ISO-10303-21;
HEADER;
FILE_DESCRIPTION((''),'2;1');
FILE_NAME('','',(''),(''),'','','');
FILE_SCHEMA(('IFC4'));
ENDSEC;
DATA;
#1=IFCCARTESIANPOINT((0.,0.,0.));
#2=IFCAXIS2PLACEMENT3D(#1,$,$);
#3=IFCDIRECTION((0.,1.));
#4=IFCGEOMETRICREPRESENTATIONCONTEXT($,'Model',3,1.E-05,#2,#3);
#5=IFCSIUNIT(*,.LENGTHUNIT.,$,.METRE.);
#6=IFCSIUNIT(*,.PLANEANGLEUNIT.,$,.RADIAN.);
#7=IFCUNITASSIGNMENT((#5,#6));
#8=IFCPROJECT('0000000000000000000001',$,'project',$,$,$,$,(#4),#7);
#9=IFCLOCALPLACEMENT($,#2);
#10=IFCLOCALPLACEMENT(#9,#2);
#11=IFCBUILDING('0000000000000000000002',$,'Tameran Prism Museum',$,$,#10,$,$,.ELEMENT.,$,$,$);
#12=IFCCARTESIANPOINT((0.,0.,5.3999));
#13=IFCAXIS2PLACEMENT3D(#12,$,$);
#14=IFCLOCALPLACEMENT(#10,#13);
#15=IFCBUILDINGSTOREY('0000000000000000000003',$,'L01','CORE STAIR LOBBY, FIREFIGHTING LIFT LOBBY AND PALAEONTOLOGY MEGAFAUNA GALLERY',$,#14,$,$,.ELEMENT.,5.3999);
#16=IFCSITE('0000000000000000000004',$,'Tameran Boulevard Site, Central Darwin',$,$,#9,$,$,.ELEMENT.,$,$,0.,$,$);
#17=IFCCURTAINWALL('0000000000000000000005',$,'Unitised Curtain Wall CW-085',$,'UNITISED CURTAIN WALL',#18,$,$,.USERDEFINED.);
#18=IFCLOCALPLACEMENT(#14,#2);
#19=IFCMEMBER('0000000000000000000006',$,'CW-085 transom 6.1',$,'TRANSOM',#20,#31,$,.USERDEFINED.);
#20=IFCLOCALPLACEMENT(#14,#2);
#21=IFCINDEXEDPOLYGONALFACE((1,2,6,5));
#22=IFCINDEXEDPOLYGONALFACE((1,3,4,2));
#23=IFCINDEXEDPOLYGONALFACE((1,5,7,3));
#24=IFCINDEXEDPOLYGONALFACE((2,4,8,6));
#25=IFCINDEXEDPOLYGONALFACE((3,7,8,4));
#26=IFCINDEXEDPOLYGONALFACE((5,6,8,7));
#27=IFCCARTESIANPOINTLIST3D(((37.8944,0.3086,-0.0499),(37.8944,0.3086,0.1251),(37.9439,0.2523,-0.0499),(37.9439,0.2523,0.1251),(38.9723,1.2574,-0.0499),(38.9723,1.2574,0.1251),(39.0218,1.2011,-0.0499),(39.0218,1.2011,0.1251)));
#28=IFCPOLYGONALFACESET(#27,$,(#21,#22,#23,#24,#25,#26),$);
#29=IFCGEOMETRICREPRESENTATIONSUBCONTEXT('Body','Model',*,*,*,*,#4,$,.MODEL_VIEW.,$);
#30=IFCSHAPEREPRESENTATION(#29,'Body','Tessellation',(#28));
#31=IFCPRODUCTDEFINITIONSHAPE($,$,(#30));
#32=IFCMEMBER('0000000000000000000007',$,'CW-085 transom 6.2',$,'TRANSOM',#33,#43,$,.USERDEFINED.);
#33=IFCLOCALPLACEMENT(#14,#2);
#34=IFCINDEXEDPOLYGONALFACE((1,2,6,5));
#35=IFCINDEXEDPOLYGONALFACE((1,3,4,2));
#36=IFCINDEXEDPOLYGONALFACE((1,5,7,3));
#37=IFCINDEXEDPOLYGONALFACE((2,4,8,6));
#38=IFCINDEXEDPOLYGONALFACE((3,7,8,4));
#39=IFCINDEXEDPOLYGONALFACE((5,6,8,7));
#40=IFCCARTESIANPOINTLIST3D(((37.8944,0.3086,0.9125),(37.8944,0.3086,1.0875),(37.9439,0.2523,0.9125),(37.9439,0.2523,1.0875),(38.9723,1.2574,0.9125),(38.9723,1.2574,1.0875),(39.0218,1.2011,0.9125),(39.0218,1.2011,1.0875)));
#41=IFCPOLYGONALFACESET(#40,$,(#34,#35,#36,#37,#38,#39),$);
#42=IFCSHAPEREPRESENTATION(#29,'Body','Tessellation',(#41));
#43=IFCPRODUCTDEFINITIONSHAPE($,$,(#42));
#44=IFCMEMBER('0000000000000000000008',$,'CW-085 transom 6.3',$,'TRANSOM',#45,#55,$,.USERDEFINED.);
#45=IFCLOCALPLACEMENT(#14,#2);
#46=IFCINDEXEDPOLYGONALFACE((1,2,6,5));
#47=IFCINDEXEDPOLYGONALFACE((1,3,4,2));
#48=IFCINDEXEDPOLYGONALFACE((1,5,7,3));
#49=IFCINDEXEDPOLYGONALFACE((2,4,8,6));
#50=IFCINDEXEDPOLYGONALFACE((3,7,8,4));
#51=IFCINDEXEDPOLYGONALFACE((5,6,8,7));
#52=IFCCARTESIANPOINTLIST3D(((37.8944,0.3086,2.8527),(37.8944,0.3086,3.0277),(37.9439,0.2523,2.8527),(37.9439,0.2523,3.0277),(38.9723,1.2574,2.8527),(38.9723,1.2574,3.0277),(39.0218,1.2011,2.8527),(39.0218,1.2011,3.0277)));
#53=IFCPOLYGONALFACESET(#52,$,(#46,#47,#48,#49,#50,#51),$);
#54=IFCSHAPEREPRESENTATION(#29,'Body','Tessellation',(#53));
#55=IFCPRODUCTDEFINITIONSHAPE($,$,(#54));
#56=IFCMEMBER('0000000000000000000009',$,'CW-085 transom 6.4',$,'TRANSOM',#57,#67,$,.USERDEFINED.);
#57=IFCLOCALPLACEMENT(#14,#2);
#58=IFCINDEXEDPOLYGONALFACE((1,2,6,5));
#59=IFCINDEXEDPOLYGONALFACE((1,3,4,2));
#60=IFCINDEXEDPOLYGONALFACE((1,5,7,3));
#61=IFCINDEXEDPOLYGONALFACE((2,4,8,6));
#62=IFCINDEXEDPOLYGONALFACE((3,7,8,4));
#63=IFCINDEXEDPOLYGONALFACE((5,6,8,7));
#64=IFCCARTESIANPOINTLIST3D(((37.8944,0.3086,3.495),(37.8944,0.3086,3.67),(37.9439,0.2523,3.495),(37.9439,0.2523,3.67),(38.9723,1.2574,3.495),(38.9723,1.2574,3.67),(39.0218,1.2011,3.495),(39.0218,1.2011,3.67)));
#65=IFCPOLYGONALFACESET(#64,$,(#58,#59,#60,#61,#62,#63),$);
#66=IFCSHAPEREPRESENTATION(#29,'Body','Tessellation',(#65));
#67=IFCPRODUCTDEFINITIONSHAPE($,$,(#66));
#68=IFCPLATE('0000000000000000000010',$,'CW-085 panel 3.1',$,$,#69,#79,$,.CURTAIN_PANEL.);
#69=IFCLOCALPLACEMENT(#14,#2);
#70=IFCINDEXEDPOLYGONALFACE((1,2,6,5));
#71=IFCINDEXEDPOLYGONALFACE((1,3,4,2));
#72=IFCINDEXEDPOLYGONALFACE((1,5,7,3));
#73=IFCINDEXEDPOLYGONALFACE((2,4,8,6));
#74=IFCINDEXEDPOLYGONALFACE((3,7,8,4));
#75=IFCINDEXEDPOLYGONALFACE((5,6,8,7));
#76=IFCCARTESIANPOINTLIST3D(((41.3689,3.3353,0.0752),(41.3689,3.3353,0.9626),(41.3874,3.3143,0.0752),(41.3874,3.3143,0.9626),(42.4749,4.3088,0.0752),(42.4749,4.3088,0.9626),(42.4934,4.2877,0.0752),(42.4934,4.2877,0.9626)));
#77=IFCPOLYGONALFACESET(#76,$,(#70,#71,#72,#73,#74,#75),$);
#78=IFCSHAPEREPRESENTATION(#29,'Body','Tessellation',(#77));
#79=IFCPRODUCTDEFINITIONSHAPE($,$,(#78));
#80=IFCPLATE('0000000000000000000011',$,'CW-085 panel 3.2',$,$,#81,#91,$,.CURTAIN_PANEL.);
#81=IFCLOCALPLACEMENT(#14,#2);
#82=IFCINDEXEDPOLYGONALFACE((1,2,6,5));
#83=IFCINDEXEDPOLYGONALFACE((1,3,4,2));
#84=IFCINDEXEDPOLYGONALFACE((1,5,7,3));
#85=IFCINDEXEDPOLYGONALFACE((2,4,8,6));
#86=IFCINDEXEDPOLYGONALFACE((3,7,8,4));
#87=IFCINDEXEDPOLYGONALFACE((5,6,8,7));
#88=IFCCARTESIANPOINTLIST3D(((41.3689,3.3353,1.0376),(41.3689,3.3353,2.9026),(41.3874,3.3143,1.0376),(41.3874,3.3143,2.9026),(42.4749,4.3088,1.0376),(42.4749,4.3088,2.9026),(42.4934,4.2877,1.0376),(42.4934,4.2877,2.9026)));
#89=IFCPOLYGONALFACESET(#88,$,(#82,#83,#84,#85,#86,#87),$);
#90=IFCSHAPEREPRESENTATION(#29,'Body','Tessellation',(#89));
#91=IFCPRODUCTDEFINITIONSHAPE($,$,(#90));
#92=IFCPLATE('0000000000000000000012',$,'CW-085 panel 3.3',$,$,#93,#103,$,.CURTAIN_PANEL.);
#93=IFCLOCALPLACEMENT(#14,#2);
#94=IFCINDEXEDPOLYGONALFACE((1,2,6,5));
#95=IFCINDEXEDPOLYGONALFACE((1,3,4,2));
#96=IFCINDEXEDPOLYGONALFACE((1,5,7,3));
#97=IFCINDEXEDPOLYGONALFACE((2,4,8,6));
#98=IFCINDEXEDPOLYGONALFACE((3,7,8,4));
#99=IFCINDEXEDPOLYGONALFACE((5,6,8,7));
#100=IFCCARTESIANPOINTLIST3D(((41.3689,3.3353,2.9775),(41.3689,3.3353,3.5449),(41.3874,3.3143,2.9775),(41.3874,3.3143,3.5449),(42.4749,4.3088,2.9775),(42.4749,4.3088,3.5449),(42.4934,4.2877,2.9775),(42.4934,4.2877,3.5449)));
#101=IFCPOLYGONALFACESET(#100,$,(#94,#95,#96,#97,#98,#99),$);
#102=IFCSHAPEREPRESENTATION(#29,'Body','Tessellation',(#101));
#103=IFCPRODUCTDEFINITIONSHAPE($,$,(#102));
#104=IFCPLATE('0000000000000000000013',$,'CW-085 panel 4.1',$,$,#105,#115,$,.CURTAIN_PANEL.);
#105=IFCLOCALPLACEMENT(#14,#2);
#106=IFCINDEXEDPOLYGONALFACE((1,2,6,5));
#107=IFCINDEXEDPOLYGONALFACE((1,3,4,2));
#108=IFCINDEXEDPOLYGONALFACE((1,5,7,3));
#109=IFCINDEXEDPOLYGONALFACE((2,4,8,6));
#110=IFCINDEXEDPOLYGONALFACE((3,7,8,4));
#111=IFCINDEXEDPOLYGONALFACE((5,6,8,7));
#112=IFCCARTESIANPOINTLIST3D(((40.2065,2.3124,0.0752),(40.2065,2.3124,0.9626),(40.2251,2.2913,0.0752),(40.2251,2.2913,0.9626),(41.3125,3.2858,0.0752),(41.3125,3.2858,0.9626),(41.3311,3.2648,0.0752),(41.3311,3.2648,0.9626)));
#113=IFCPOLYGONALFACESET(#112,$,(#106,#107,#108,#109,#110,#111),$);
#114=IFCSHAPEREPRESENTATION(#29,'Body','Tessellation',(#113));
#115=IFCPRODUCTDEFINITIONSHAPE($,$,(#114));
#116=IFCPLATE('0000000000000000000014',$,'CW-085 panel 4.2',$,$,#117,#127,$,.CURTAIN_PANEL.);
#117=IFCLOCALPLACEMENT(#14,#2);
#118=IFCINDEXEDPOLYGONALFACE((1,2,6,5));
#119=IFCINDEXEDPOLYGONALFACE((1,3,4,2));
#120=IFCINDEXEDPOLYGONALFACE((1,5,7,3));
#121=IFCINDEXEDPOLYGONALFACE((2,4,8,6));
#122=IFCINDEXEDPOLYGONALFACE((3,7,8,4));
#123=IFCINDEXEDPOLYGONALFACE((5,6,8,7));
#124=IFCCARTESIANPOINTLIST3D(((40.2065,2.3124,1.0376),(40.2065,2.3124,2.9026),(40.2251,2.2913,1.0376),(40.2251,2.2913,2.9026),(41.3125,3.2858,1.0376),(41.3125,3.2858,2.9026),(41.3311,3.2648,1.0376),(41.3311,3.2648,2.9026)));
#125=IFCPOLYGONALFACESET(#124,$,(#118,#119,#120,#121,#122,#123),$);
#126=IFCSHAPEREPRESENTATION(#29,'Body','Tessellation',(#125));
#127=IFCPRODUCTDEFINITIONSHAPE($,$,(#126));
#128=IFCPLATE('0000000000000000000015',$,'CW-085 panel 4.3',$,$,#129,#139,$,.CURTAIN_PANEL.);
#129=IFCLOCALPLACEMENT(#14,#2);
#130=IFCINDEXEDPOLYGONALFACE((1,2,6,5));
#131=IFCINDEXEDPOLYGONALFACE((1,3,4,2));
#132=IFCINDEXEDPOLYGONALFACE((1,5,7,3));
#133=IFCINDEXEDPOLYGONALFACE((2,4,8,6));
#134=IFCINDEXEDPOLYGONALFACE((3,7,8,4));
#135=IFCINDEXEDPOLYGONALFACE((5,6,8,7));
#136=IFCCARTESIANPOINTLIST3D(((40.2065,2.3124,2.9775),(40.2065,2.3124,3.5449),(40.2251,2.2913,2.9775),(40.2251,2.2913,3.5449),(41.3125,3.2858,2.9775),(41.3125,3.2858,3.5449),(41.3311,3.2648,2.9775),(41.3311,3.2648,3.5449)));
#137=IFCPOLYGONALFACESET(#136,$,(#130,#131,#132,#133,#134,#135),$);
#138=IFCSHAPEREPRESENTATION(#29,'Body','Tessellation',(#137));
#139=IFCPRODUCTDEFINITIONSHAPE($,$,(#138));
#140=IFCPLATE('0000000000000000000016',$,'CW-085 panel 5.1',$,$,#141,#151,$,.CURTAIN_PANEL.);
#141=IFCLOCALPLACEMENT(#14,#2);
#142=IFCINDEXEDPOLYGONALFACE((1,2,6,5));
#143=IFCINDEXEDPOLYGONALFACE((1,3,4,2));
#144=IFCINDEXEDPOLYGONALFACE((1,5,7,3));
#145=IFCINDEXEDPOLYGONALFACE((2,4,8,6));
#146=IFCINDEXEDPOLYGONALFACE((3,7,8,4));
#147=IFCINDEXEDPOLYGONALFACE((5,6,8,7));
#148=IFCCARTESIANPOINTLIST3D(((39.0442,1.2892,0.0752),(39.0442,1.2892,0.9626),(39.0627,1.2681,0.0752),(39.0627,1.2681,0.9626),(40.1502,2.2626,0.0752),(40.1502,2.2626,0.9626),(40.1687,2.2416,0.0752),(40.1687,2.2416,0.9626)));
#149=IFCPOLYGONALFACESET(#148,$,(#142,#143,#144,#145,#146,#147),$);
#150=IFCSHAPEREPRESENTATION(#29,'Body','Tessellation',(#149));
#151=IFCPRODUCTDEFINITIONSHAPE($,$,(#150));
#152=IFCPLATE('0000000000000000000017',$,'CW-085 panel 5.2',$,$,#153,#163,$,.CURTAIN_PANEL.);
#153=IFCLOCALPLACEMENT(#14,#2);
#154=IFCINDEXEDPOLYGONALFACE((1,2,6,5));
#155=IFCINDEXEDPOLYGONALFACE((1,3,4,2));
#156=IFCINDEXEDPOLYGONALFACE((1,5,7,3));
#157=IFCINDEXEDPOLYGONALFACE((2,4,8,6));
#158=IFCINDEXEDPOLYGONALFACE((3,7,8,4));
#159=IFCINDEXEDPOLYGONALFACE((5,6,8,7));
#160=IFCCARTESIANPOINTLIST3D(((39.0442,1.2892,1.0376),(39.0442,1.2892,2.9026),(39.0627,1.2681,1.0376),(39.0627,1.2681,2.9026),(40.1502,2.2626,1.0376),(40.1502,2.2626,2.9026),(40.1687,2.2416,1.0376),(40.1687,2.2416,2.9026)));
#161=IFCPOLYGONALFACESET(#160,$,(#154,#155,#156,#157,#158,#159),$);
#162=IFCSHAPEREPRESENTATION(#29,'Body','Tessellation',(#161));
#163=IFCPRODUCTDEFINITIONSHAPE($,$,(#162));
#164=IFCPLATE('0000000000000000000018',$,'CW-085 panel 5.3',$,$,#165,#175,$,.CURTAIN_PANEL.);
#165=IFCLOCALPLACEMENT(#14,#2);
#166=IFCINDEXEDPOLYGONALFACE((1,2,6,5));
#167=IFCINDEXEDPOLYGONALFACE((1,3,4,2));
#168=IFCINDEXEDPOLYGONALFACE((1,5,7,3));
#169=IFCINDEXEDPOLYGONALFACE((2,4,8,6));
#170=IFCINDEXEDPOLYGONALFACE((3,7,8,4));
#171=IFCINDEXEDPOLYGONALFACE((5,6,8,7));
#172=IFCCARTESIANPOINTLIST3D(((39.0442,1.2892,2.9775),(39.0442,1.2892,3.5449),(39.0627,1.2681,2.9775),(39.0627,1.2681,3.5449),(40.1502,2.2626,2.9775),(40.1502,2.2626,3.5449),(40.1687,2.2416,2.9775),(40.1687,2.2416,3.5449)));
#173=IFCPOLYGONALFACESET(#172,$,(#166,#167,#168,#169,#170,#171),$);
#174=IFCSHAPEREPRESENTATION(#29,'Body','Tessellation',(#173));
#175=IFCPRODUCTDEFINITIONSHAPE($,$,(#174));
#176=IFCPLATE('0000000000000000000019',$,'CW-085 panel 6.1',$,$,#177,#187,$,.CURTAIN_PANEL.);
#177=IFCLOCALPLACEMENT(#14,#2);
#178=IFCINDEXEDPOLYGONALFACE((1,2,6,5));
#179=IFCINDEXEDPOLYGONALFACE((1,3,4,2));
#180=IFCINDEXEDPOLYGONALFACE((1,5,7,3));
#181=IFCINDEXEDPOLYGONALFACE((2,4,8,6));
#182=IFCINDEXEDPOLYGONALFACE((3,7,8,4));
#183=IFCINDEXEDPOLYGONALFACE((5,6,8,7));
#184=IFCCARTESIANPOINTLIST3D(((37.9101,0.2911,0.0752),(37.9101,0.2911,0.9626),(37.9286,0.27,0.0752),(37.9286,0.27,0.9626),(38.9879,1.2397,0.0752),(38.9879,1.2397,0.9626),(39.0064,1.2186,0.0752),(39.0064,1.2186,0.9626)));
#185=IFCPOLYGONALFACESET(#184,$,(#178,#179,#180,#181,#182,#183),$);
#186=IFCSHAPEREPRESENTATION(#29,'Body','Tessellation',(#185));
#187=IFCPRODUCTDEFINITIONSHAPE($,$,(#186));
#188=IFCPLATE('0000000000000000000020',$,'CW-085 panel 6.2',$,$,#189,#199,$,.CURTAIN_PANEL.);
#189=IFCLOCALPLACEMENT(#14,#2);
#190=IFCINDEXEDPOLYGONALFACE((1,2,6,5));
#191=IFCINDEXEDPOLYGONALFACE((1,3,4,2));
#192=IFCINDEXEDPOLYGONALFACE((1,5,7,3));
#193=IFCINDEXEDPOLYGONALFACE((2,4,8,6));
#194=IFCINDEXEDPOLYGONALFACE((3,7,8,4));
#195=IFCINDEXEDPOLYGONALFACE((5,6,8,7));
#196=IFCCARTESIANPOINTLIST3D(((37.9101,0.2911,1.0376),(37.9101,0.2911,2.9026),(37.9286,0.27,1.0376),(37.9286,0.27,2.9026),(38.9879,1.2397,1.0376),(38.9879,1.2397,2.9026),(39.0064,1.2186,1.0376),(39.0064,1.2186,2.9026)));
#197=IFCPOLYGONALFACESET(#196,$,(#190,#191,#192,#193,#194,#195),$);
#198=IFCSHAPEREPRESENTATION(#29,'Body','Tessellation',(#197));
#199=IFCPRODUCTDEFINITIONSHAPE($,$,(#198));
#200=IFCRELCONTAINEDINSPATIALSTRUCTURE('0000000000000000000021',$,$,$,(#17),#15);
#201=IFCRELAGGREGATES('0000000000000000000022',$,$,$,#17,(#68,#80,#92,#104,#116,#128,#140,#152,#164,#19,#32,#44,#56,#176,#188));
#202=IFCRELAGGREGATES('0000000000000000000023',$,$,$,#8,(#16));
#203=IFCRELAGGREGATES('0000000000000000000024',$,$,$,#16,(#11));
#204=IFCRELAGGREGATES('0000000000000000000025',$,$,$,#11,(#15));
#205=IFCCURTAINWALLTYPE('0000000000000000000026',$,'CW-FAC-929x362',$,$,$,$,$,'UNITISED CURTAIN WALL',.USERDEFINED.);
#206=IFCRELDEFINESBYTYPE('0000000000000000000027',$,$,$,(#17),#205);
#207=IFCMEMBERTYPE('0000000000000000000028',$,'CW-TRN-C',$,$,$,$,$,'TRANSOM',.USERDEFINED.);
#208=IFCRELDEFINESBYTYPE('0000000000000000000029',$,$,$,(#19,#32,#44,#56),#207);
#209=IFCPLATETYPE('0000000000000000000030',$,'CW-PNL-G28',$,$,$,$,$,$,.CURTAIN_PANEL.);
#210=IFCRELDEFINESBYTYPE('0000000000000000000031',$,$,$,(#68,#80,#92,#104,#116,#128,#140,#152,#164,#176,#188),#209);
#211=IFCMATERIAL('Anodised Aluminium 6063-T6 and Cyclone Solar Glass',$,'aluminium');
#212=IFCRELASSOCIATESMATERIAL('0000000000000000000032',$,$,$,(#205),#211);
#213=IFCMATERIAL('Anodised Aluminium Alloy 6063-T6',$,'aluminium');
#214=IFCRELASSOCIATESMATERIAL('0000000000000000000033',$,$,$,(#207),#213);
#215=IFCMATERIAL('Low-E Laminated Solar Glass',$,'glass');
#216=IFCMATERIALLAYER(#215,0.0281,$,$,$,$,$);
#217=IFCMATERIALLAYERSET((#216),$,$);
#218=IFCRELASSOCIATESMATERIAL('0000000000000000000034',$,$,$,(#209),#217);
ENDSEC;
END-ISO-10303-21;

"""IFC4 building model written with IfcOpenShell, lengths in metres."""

from ifc_helpers import new_model, si_unit, direction, frame, origin, origin_2d, place, context, subcontext, project, spatial, rectangle, extrude, material, layer, layer_set, material_profile, profile_set, type_object, element, aggregate, save


model = new_model("IFC4")

# Units and contexts
model_context = context("Model", 3, precision=1e-05, world=origin(), true_north=direction((0.0, 1.0)))
body_context = subcontext(model_context, "Body", "Model", "MODEL_VIEW")
ifc_project = project(units=[si_unit("LENGTHUNIT", "METRE"), si_unit("PLANEANGLEUNIT", "RADIAN")], contexts=[model_context])

# Site, building, storey
site_placement = place(None, origin())
site = spatial("IfcSite", under=ifc_project, at=site_placement, Name="Tameran Boulevard Site, Central Darwin", CompositionType="ELEMENT", RefElevation=0.0)
building_placement = place(site_placement, origin())
building = spatial("IfcBuilding", under=site, at=building_placement, Name="Tameran Prism Museum", CompositionType="ELEMENT")
storey_placement = place(building_placement, frame((0.0, 0.0, 5.3999)))
storey = spatial("IfcBuildingStorey", under=building, at=storey_placement, Name="L01", Description="CORE STAIR LOBBY, FIREFIGHTING LIFT LOBBY AND PALAEONTOLOGY MEGAFAUNA GALLERY", CompositionType="ELEMENT", Elevation=5.3999)

# Curtain wall, members, plates
ifc_material_1 = material(Name="Anodised Aluminium 6063-T6 and Cyclone Solar Glass", Category="aluminium")
curtain_wall_type = type_object("IfcCurtainWallType", Name="CW-FAC-929x362", ElementType="UNITISED CURTAIN WALL", PredefinedType="USERDEFINED", material=ifc_material_1)
curtain_wall_placement = place(storey_placement, origin())
curtain_wall = element("IfcCurtainWall", 1, at=curtain_wall_placement, inside=storey, type_object=curtain_wall_type, Name="Unitised Curtain Wall CW-085", ObjectType="UNITISED CURTAIN WALL", PredefinedType="USERDEFINED")
ifc_material_2 = material(Name="Anodised Aluminium Alloy 6063-T6", Category="aluminium")
ifc_material_profile_1 = material_profile(ifc_material_2, rectangle(XDim=0.075, YDim=0.175, at=origin_2d()))
ifc_profile_set_1 = profile_set([ifc_material_profile_1])
member_type_1 = type_object("IfcMemberType", Name="CW-TRN-C", ElementType="TRANSOM", PredefinedType="USERDEFINED", material=ifc_profile_set_1)
member_1_placement = place(storey_placement, frame((38.9971, 1.2292, 0.0376), z_axis=(-0.750646, -0.660705, 0.0), x_axis=(0.660705, -0.750646, 0.0)))
member_1 = element("IfcMember", 2, at=member_1_placement, type_object=member_type_1, Name="CW-085 transom 6.1", ObjectType="TRANSOM", PredefinedType="USERDEFINED", context=body_context, shape_type="SweptSolid", body=[
    extrude(rectangle(XDim=0.075, YDim=0.175, at=origin_2d()), origin(), (0.0, 0.0, 1.0), 1.436),
])
member_2_placement = place(storey_placement, frame((38.9971, 1.2292, 1.0), z_axis=(-0.750646, -0.660705, 0.0), x_axis=(0.660705, -0.750646, 0.0)))
member_2 = element("IfcMember", 3, at=member_2_placement, type_object=member_type_1, Name="CW-085 transom 6.2", ObjectType="TRANSOM", PredefinedType="USERDEFINED", context=body_context, shape_type="SweptSolid", body=[
    extrude(rectangle(XDim=0.075, YDim=0.175, at=origin_2d()), origin(), (0.0, 0.0, 1.0), 1.436),
])
member_3_placement = place(storey_placement, frame((38.9971, 1.2292, 2.9402), z_axis=(-0.750646, -0.660705, 0.0), x_axis=(0.660705, -0.750646, 0.0)))
member_3 = element("IfcMember", 4, at=member_3_placement, type_object=member_type_1, Name="CW-085 transom 6.3", ObjectType="TRANSOM", PredefinedType="USERDEFINED", context=body_context, shape_type="SweptSolid", body=[
    extrude(rectangle(XDim=0.075, YDim=0.175, at=origin_2d()), origin(), (0.0, 0.0, 1.0), 1.436),
])
member_4_placement = place(storey_placement, frame((38.9971, 1.2292, 3.5825), z_axis=(-0.750646, -0.660705, 0.0), x_axis=(0.660705, -0.750646, 0.0)))
member_4 = element("IfcMember", 5, at=member_4_placement, type_object=member_type_1, Name="CW-085 transom 6.4", ObjectType="TRANSOM", PredefinedType="USERDEFINED", context=body_context, shape_type="SweptSolid", body=[
    extrude(rectangle(XDim=0.075, YDim=0.175, at=origin_2d()), origin(), (0.0, 0.0, 1.0), 1.436),
])
ifc_material_3 = material(Name="Low-E Laminated Solar Glass", Category="glass")
ifc_layer_1 = layer(ifc_material_3, 0.0281)
ifc_layer_set_1 = layer_set([ifc_layer_1])
plate_type = type_object("IfcPlateType", Name="CW-PNL-G28", PredefinedType="CURTAIN_PANEL", material=ifc_layer_set_1)
plate_1_placement = place(storey_placement, frame((41.9312, 3.8115, 0.0752), z_axis=(0.0, 0.0, 1.0), x_axis=(-0.750667, -0.660681, 0.0)))
plate_1 = element("IfcPlate", 6, at=plate_1_placement, type_object=plate_type, Name="CW-085 panel 3.1", PredefinedType="CURTAIN_PANEL", context=body_context, shape_type="SweptSolid", body=[
    extrude(rectangle(XDim=1.4734, YDim=0.0281, at=origin_2d()), origin(), (0.0, 0.0, 1.0), 0.8875),
])
plate_2_placement = place(storey_placement, frame((41.9312, 3.8115, 1.0376), z_axis=(0.0, 0.0, 1.0), x_axis=(-0.750667, -0.660681, 0.0)))
plate_2 = element("IfcPlate", 7, at=plate_2_placement, type_object=plate_type, Name="CW-085 panel 3.2", PredefinedType="CURTAIN_PANEL", context=body_context, shape_type="SweptSolid", body=[
    extrude(rectangle(XDim=1.4734, YDim=0.0281, at=origin_2d()), origin(), (0.0, 0.0, 1.0), 1.865),
])
plate_3_placement = place(storey_placement, frame((41.9312, 3.8115, 2.9775), z_axis=(0.0, 0.0, 1.0), x_axis=(-0.750667, -0.660681, 0.0)))
plate_3 = element("IfcPlate", 8, at=plate_3_placement, type_object=plate_type, Name="CW-085 panel 3.3", PredefinedType="CURTAIN_PANEL", context=body_context, shape_type="SweptSolid", body=[
    extrude(rectangle(XDim=1.4734, YDim=0.0281, at=origin_2d()), origin(), (0.0, 0.0, 1.0), 0.5674),
])
plate_4_placement = place(storey_placement, frame((40.7688, 2.7886, 0.0752), z_axis=(0.0, 0.0, 1.0), x_axis=(-0.750667, -0.660681, 0.0)))
plate_4 = element("IfcPlate", 9, at=plate_4_placement, type_object=plate_type, Name="CW-085 panel 4.1", PredefinedType="CURTAIN_PANEL", context=body_context, shape_type="SweptSolid", body=[
    extrude(rectangle(XDim=1.4734, YDim=0.0281, at=origin_2d()), origin(), (0.0, 0.0, 1.0), 0.8875),
])
plate_5_placement = place(storey_placement, frame((40.7688, 2.7886, 1.0376), z_axis=(0.0, 0.0, 1.0), x_axis=(-0.750667, -0.660681, 0.0)))
plate_5 = element("IfcPlate", 10, at=plate_5_placement, type_object=plate_type, Name="CW-085 panel 4.2", PredefinedType="CURTAIN_PANEL", context=body_context, shape_type="SweptSolid", body=[
    extrude(rectangle(XDim=1.4734, YDim=0.0281, at=origin_2d()), origin(), (0.0, 0.0, 1.0), 1.865),
])
plate_6_placement = place(storey_placement, frame((40.7688, 2.7886, 2.9775), z_axis=(0.0, 0.0, 1.0), x_axis=(-0.750667, -0.660681, 0.0)))
plate_6 = element("IfcPlate", 11, at=plate_6_placement, type_object=plate_type, Name="CW-085 panel 4.3", PredefinedType="CURTAIN_PANEL", context=body_context, shape_type="SweptSolid", body=[
    extrude(rectangle(XDim=1.4734, YDim=0.0281, at=origin_2d()), origin(), (0.0, 0.0, 1.0), 0.5674),
])
plate_7_placement = place(storey_placement, frame((39.6064, 1.7654, 0.0752), z_axis=(0.0, 0.0, 1.0), x_axis=(-0.750667, -0.660681, 0.0)))
plate_7 = element("IfcPlate", 12, at=plate_7_placement, type_object=plate_type, Name="CW-085 panel 5.1", PredefinedType="CURTAIN_PANEL", context=body_context, shape_type="SweptSolid", body=[
    extrude(rectangle(XDim=1.4734, YDim=0.0281, at=origin_2d()), origin(), (0.0, 0.0, 1.0), 0.8875),
])
plate_8_placement = place(storey_placement, frame((39.6064, 1.7654, 1.0376), z_axis=(0.0, 0.0, 1.0), x_axis=(-0.750667, -0.660681, 0.0)))
plate_8 = element("IfcPlate", 13, at=plate_8_placement, type_object=plate_type, Name="CW-085 panel 5.2", PredefinedType="CURTAIN_PANEL", context=body_context, shape_type="SweptSolid", body=[
    extrude(rectangle(XDim=1.4734, YDim=0.0281, at=origin_2d()), origin(), (0.0, 0.0, 1.0), 1.865),
])
plate_9_placement = place(storey_placement, frame((39.6064, 1.7654, 2.9775), z_axis=(0.0, 0.0, 1.0), x_axis=(-0.750667, -0.660681, 0.0)))
plate_9 = element("IfcPlate", 14, at=plate_9_placement, type_object=plate_type, Name="CW-085 panel 5.3", PredefinedType="CURTAIN_PANEL", context=body_context, shape_type="SweptSolid", body=[
    extrude(rectangle(XDim=1.4734, YDim=0.0281, at=origin_2d()), origin(), (0.0, 0.0, 1.0), 0.5674),
])
plate_10_placement = place(storey_placement, frame((38.4583, 0.7549, 0.0752), z_axis=(0.0, 0.0, 1.0), x_axis=(-0.750667, -0.660681, 0.0)))
plate_10 = element("IfcPlate", 15, at=plate_10_placement, type_object=plate_type, Name="CW-085 panel 6.1", PredefinedType="CURTAIN_PANEL", context=body_context, shape_type="SweptSolid", body=[
    extrude(rectangle(XDim=1.4358, YDim=0.0281, at=origin_2d()), origin(), (0.0, 0.0, 1.0), 0.8875),
])
plate_11_placement = place(storey_placement, frame((38.4583, 0.7549, 1.0376), z_axis=(0.0, 0.0, 1.0), x_axis=(-0.750667, -0.660681, 0.0)))
plate_11 = element("IfcPlate", 16, at=plate_11_placement, type_object=plate_type, Name="CW-085 panel 6.2", PredefinedType="CURTAIN_PANEL", context=body_context, shape_type="SweptSolid", body=[
    extrude(rectangle(XDim=1.4358, YDim=0.0281, at=origin_2d()), origin(), (0.0, 0.0, 1.0), 1.865),
])
aggregate(curtain_wall, [plate_1, plate_2, plate_3, plate_4, plate_5, plate_6, plate_7, plate_8, plate_9, member_1, member_2, member_3, member_4, plate_10, plate_11])

save(model, "model.ifc")
